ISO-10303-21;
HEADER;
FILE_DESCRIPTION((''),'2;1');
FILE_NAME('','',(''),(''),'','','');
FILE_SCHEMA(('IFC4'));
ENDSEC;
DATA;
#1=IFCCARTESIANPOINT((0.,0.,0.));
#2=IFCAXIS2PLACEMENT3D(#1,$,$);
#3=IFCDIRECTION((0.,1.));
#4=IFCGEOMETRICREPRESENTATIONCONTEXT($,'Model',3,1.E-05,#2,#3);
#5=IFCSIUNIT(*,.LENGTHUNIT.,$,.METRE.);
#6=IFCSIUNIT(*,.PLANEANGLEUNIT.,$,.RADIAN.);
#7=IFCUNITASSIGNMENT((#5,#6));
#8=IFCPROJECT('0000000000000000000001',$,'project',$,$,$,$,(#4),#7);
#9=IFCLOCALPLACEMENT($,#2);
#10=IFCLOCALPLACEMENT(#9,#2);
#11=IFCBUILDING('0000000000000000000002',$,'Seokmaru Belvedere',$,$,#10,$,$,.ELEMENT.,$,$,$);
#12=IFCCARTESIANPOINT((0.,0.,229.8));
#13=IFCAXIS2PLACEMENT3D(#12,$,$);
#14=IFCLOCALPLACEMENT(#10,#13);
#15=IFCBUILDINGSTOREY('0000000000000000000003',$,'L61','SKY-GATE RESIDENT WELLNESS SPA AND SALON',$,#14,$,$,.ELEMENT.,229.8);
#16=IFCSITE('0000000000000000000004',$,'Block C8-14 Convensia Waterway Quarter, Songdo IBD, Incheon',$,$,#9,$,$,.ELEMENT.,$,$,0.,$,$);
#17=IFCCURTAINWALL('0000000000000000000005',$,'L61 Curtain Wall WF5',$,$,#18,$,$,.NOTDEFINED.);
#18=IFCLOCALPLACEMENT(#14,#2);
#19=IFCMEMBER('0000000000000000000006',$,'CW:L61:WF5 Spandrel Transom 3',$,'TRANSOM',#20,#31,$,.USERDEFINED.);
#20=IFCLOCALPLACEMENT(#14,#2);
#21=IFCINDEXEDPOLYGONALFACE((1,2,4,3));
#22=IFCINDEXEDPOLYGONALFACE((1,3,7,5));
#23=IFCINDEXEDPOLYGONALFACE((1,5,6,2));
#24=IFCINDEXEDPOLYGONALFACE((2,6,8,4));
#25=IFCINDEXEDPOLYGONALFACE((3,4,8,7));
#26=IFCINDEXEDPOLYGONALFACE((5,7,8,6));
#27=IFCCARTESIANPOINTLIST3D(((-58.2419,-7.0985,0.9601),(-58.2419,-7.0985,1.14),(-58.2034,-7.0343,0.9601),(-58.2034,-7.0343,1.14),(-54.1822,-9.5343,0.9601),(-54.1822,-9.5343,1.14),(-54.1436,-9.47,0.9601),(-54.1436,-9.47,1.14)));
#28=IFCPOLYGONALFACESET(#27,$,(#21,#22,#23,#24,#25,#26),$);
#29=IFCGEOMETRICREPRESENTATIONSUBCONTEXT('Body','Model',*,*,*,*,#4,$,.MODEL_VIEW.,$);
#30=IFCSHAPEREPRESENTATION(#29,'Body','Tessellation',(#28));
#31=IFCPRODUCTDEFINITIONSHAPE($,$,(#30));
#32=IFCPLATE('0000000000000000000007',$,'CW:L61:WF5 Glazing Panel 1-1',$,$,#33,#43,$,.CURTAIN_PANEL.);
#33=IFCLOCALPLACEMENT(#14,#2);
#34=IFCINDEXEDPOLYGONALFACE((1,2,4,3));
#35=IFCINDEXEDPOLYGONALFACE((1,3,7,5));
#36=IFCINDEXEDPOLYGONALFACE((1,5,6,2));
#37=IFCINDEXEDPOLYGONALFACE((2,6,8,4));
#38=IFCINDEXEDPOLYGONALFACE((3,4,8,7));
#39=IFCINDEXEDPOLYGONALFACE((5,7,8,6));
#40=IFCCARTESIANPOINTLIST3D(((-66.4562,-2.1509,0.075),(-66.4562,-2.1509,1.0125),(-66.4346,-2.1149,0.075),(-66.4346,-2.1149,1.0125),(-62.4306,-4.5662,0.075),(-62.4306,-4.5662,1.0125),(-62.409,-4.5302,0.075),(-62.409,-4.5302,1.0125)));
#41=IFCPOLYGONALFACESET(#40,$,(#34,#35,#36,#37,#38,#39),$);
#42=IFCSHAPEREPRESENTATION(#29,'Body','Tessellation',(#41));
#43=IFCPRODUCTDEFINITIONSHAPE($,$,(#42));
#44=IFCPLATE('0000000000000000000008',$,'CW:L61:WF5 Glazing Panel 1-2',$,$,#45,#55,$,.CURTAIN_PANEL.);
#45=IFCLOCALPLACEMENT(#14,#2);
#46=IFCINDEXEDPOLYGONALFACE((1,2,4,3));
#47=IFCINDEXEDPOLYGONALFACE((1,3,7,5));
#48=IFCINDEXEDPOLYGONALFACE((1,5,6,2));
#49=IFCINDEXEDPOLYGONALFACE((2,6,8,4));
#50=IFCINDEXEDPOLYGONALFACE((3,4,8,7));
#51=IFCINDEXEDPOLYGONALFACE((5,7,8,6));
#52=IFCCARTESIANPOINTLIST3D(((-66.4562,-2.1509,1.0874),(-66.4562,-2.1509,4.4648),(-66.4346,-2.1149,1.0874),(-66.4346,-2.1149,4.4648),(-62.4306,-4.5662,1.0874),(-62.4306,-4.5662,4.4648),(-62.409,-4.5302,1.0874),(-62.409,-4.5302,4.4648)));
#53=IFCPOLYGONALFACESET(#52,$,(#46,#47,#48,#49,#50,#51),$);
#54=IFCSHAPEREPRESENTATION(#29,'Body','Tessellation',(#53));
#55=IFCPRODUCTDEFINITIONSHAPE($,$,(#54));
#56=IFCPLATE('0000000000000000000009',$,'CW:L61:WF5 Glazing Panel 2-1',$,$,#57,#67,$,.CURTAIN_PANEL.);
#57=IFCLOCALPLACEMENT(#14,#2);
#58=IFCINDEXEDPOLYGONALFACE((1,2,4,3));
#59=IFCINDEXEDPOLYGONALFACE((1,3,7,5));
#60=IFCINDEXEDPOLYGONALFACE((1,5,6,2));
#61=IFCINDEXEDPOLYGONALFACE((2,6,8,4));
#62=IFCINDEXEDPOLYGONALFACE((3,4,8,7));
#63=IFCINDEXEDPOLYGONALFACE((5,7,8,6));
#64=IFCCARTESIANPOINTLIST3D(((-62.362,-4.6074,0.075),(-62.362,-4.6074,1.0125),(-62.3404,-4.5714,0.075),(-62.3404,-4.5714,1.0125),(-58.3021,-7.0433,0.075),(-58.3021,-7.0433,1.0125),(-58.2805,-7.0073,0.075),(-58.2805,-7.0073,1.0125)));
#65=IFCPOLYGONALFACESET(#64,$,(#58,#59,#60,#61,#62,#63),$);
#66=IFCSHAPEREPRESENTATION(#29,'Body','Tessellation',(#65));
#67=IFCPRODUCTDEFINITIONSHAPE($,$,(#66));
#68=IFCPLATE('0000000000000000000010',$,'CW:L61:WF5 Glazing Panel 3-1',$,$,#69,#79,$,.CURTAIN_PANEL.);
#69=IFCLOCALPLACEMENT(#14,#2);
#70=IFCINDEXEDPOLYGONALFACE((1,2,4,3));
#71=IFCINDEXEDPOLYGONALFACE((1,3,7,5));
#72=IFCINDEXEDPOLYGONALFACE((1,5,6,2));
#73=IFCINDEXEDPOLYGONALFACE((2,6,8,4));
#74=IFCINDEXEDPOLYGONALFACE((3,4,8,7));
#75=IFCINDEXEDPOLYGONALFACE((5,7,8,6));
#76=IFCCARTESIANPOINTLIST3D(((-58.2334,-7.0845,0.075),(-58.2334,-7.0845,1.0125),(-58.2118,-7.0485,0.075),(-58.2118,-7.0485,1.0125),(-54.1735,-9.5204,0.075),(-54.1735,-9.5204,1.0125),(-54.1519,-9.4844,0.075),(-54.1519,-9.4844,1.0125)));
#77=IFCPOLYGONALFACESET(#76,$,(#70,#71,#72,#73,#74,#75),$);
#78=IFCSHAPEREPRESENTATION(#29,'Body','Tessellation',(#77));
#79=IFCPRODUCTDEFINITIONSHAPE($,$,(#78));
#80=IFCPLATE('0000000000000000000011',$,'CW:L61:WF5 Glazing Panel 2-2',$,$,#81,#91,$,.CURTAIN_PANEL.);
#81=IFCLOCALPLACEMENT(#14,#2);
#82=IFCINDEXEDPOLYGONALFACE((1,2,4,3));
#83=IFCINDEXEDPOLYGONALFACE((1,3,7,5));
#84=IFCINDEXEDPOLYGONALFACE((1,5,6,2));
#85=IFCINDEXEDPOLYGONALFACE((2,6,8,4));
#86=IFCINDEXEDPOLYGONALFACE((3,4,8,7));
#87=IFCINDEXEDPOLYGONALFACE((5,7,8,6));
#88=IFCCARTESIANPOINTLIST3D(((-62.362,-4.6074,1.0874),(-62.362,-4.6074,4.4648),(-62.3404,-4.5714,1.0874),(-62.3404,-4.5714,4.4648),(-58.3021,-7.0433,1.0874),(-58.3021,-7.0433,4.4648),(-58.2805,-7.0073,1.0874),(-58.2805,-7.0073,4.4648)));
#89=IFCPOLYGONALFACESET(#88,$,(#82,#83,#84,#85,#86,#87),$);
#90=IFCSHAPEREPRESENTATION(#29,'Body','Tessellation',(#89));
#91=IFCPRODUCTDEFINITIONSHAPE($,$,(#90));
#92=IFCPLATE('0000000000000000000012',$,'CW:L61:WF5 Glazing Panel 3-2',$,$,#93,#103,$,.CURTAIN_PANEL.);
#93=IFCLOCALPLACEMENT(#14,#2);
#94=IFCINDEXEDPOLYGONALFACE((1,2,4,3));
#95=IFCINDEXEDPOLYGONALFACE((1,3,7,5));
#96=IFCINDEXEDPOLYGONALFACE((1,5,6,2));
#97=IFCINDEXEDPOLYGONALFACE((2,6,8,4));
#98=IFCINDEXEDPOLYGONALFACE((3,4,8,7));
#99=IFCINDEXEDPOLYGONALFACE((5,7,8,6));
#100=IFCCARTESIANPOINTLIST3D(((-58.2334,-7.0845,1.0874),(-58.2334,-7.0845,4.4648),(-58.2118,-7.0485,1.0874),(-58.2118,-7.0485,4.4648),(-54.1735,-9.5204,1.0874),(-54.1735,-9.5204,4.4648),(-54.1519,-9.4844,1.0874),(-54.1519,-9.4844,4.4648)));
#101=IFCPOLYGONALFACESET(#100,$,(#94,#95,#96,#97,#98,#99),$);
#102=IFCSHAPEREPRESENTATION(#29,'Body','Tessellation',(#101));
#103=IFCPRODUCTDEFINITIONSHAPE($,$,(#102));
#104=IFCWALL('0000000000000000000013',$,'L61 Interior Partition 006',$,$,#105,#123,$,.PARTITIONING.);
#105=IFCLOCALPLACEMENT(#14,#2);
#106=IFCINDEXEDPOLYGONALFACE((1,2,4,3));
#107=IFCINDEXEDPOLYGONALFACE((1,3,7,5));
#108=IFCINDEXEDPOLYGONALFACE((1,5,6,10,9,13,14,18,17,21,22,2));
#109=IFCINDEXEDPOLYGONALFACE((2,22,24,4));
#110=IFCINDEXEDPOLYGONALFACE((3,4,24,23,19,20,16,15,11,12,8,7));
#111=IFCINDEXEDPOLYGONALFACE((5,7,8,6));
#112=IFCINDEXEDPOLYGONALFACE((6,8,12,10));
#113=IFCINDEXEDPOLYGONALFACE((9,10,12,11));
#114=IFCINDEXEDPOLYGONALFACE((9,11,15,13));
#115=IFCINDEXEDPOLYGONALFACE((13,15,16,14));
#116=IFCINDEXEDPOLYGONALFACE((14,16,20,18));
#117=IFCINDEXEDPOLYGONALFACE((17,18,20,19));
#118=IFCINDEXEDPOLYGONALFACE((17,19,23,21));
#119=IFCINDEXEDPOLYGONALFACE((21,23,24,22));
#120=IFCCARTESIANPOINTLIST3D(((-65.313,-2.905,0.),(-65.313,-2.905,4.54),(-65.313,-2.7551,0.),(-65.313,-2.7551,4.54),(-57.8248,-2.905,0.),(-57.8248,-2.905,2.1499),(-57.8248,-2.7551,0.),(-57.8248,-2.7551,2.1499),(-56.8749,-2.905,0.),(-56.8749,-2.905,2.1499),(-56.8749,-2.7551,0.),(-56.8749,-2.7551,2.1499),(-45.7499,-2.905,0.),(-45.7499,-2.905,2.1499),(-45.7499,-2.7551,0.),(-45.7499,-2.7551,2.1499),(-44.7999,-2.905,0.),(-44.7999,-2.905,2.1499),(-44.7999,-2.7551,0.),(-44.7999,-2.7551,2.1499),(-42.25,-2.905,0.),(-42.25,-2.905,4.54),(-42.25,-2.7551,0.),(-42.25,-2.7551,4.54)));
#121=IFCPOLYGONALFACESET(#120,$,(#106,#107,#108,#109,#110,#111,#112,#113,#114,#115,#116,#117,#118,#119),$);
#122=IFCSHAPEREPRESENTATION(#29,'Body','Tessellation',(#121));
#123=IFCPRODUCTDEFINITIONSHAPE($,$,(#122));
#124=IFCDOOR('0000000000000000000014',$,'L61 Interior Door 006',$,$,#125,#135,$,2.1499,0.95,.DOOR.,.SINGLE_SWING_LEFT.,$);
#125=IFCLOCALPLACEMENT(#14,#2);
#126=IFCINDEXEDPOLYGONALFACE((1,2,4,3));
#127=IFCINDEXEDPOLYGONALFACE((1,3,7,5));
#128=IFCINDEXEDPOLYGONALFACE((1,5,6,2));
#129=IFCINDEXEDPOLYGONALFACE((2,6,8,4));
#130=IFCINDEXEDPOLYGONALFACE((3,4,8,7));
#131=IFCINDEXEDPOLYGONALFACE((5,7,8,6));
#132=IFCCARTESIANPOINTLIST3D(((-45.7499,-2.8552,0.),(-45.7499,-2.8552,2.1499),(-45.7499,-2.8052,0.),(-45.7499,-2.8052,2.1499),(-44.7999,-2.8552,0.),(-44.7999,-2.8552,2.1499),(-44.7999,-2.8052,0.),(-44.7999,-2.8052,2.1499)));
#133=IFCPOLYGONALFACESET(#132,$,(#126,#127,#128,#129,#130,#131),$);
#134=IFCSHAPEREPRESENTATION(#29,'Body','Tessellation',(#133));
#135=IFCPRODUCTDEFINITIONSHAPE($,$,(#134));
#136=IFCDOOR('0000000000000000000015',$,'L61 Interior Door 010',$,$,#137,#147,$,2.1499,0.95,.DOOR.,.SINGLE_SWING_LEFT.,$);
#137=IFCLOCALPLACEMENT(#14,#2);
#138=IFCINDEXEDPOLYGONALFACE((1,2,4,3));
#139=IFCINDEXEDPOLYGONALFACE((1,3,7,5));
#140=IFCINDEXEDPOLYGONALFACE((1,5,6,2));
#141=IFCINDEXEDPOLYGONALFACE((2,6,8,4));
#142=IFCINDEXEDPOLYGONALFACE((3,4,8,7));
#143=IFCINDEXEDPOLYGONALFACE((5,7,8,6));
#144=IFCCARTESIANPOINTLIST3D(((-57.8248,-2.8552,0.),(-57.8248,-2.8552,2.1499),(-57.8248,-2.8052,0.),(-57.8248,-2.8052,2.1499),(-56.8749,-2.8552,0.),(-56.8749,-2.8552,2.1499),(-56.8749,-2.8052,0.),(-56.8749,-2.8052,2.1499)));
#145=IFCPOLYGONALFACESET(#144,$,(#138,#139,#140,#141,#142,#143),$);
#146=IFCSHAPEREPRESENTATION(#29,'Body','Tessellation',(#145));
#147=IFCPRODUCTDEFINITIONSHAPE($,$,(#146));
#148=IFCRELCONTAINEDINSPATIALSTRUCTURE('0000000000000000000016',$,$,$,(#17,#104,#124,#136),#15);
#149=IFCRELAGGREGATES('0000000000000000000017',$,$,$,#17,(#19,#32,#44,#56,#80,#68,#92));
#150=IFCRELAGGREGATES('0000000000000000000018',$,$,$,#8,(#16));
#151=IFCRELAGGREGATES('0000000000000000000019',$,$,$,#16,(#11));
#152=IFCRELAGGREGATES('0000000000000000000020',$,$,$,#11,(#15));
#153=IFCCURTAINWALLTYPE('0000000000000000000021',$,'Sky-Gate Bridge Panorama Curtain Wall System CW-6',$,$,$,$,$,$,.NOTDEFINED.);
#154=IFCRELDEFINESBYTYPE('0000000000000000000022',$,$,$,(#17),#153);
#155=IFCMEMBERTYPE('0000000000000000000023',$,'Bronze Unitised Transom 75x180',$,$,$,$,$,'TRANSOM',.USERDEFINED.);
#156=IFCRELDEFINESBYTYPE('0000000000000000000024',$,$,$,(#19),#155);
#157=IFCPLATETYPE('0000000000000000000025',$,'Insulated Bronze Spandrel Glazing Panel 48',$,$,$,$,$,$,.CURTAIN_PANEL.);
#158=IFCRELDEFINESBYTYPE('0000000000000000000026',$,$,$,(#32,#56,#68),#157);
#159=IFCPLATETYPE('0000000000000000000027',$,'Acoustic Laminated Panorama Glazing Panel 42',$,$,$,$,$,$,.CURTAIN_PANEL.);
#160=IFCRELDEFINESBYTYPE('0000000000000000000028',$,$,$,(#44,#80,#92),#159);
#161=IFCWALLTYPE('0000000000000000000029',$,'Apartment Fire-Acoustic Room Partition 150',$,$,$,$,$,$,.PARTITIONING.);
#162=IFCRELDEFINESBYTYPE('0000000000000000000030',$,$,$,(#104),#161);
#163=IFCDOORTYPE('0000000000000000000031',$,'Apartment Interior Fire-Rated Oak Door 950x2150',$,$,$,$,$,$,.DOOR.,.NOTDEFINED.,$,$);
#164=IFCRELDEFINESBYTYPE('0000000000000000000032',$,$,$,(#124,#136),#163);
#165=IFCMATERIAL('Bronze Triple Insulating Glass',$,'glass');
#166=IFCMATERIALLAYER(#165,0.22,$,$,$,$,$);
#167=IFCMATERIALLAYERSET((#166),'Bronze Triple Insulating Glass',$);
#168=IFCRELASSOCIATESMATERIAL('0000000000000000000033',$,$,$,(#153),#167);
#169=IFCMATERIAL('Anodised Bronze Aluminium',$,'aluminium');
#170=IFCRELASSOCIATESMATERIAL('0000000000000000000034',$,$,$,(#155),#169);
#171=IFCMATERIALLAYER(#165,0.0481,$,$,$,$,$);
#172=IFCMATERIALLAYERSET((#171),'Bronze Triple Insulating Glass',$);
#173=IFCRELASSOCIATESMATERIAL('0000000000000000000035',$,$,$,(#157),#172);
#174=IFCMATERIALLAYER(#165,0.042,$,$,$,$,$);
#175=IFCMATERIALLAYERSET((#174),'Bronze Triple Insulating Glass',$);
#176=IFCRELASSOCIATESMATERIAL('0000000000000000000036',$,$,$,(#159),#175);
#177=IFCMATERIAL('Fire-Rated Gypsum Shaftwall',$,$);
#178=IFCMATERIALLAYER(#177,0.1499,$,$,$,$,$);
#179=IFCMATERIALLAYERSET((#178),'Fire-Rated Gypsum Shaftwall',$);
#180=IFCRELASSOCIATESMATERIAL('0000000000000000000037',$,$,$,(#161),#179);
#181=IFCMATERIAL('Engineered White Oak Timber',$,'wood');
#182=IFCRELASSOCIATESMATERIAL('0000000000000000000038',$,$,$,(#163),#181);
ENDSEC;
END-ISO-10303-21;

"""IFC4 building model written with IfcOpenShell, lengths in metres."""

from ifc_helpers import new_model, si_unit, direction, frame, frame_2d, origin, origin_2d, place, context, subcontext, project, spatial, rectangle, extrude, source, transform, mapped, material, layer, layer_set, material_profile, profile_set, type_object, type_shapes, element, fill, aggregate, save


model = new_model("IFC4")

# Units and contexts
model_context = context("Model", 3, precision=1e-05, world=origin(), true_north=direction((0.0, 1.0)))
body_context = subcontext(model_context, "Body", "Model", "MODEL_VIEW")
ifc_project = project(units=[si_unit("LENGTHUNIT", "METRE"), si_unit("PLANEANGLEUNIT", "RADIAN")], contexts=[model_context])

# Site, building, storey
site_placement = place(None, origin())
site = spatial("IfcSite", under=ifc_project, at=site_placement, Name="Block C8-14 Convensia Waterway Quarter, Songdo IBD, Incheon", CompositionType="ELEMENT", RefElevation=0.0)
building_placement = place(site_placement, origin())
building = spatial("IfcBuilding", under=site, at=building_placement, Name="Seokmaru Belvedere", CompositionType="ELEMENT")
storey_placement = place(building_placement, frame((0.0, 0.0, 229.8)))
storey = spatial("IfcBuildingStorey", under=building, at=storey_placement, Name="L61", Description="SKY-GATE RESIDENT WELLNESS SPA AND SALON", CompositionType="ELEMENT", Elevation=229.8)

# Curtain wall, member, plates
ifc_material_1 = material(Name="Bronze Triple Insulating Glass", Category="glass")
ifc_layer_1 = layer(ifc_material_1, 0.22)
ifc_layer_set_1 = layer_set([ifc_layer_1], Name="Bronze Triple Insulating Glass")
curtain_wall_type = type_object("IfcCurtainWallType", Name="Sky-Gate Bridge Panorama Curtain Wall System CW-6", PredefinedType="NOTDEFINED", material=ifc_layer_set_1)
curtain_wall_placement = place(storey_placement, origin())
curtain_wall = element("IfcCurtainWall", 1, at=curtain_wall_placement, inside=storey, type_object=curtain_wall_type, Name="L61 Curtain Wall WF5", PredefinedType="NOTDEFINED")
ifc_material_2 = material(Name="Anodised Bronze Aluminium", Category="aluminium")
ifc_material_profile_1 = material_profile(ifc_material_2, rectangle(XDim=0.075, YDim=0.1799, at=origin_2d()), Name="CW-T-75x180")
ifc_profile_set_1 = profile_set([ifc_material_profile_1], Name="Anodised Bronze Aluminium")
member_type_1 = type_object("IfcMemberType", Name="Bronze Unitised Transom 75x180", ElementType="TRANSOM", PredefinedType="USERDEFINED", material=ifc_profile_set_1)
shared_shape_1 = source(origin(), body_context, "Body", "SweptSolid", [
    extrude(rectangle(XDim=0.075, YDim=0.1799, at=origin_2d()), origin(), (0.0, 0.0, 1.0), 4.7344),
])
member_1_placement = place(storey_placement, frame((-58.2227, -7.0664, 1.05), z_axis=(0.857502, -0.514481, 0.0), x_axis=(0.514481, 0.857502, 0.0)))
member_1 = element("IfcMember", 2, at=member_1_placement, type_object=member_type_1, Name="CW:L61:WF5 Spandrel Transom 3", ObjectType="TRANSOM", PredefinedType="USERDEFINED", context=body_context, shape_type="MappedRepresentation", body=[
    mapped(shared_shape_1, transform((0.0, 0.0, 0.0), scale=1.0)),
])
ifc_layer_2 = layer(ifc_material_1, 0.0481)
ifc_layer_set_2 = layer_set([ifc_layer_2], Name="Bronze Triple Insulating Glass")
plate_type_1 = type_object("IfcPlateType", Name="Insulated Bronze Spandrel Glazing Panel 48", PredefinedType="CURTAIN_PANEL", material=ifc_layer_set_2)
shared_shape_2 = source(origin(), body_context, "Body", "SweptSolid", [
    extrude(rectangle(XDim=4.6946, YDim=0.042, at=origin_2d()), origin(), (0.0, 0.0, 1.0), 0.9375),
])
plate_1_placement = place(storey_placement, frame((-64.4326, -3.3406, 0.075), z_axis=(0.0, 0.0, 1.0), x_axis=(0.857493, -0.514495, 0.0)))
plate_1 = element("IfcPlate", 3, at=plate_1_placement, type_object=plate_type_1, Name="CW:L61:WF5 Glazing Panel 1-1", PredefinedType="CURTAIN_PANEL", context=body_context, shape_type="MappedRepresentation", body=[
    mapped(shared_shape_2, transform((0.0, 0.0, 0.0), scale=1.0)),
])
ifc_layer_3 = layer(ifc_material_1, 0.042)
ifc_layer_set_3 = layer_set([ifc_layer_3], Name="Bronze Triple Insulating Glass")
plate_type_2 = type_object("IfcPlateType", Name="Acoustic Laminated Panorama Glazing Panel 42", PredefinedType="CURTAIN_PANEL", material=ifc_layer_set_3)
shared_shape_3 = source(origin(), body_context, "Body", "SweptSolid", [
    extrude(rectangle(XDim=4.6946, YDim=0.042, at=origin_2d()), origin(), (0.0, 0.0, 1.0), 3.3774),
])
plate_2_placement = place(storey_placement, frame((-64.4326, -3.3406, 1.0874), z_axis=(0.0, 0.0, 1.0), x_axis=(0.857493, -0.514495, 0.0)))
plate_2 = element("IfcPlate", 4, at=plate_2_placement, type_object=plate_type_2, Name="CW:L61:WF5 Glazing Panel 1-2", PredefinedType="CURTAIN_PANEL", context=body_context, shape_type="MappedRepresentation", body=[
    mapped(shared_shape_3, transform((0.0, 0.0, 0.0), scale=1.0)),
])
shared_shape_4 = source(origin(), body_context, "Body", "SweptSolid", [
    extrude(rectangle(XDim=4.7346, YDim=0.042, at=origin_2d()), origin(), (0.0, 0.0, 1.0), 0.9375),
])
type_shapes(plate_type_1, [shared_shape_2, shared_shape_4])
plate_3_placement = place(storey_placement, frame((-60.3213, -5.8074, 0.075), z_axis=(0.0, 0.0, 1.0), x_axis=(0.857493, -0.514495, 0.0)))
plate_3 = element("IfcPlate", 5, at=plate_3_placement, type_object=plate_type_1, Name="CW:L61:WF5 Glazing Panel 2-1", PredefinedType="CURTAIN_PANEL", context=body_context, shape_type="MappedRepresentation", body=[
    mapped(shared_shape_4, transform((0.0, 0.0, 0.0), scale=1.0)),
])
plate_4_placement = place(storey_placement, frame((-56.1926, -8.2844, 0.075), z_axis=(0.0, 0.0, 1.0), x_axis=(0.857493, -0.514495, 0.0)))
plate_4 = element("IfcPlate", 6, at=plate_4_placement, type_object=plate_type_1, Name="CW:L61:WF5 Glazing Panel 3-1", PredefinedType="CURTAIN_PANEL", context=body_context, shape_type="MappedRepresentation", body=[
    mapped(shared_shape_4, transform((0.0, 0.0, 0.0), scale=1.0)),
])
shared_shape_5 = source(origin(), body_context, "Body", "SweptSolid", [
    extrude(rectangle(XDim=4.7346, YDim=0.042, at=origin_2d()), origin(), (0.0, 0.0, 1.0), 3.3774),
])
type_shapes(plate_type_2, [shared_shape_3, shared_shape_5])
plate_5_placement = place(storey_placement, frame((-60.3213, -5.8074, 1.0874), z_axis=(0.0, 0.0, 1.0), x_axis=(0.857493, -0.514495, 0.0)))
plate_5 = element("IfcPlate", 7, at=plate_5_placement, type_object=plate_type_2, Name="CW:L61:WF5 Glazing Panel 2-2", PredefinedType="CURTAIN_PANEL", context=body_context, shape_type="MappedRepresentation", body=[
    mapped(shared_shape_5, transform((0.0, 0.0, 0.0), scale=1.0)),
])
plate_6_placement = place(storey_placement, frame((-56.1926, -8.2844, 1.0874), z_axis=(0.0, 0.0, 1.0), x_axis=(0.857493, -0.514495, 0.0)))
plate_6 = element("IfcPlate", 8, at=plate_6_placement, type_object=plate_type_2, Name="CW:L61:WF5 Glazing Panel 3-2", PredefinedType="CURTAIN_PANEL", context=body_context, shape_type="MappedRepresentation", body=[
    mapped(shared_shape_5, transform((0.0, 0.0, 0.0), scale=1.0)),
])
aggregate(curtain_wall, [member_1, plate_1, plate_2, plate_3, plate_5, plate_4, plate_6])

# Wall, openings, doors
ifc_material_3 = material(Name="Fire-Rated Gypsum Shaftwall")
ifc_layer_4 = layer(ifc_material_3, 0.1499)
ifc_layer_set_4 = layer_set([ifc_layer_4], Name="Fire-Rated Gypsum Shaftwall")
wall_type_1 = type_object("IfcWallType", Name="Apartment Fire-Acoustic Room Partition 150", PredefinedType="PARTITIONING", material=ifc_layer_set_4)
wall_1_placement = place(storey_placement, frame((-65.313, -2.8301, 0.0), z_axis=(0.0, 0.0, 1.0), x_axis=(1.0, 0.0, 0.0)))
wall_1 = element("IfcWall", 9, at=wall_1_placement, inside=storey, type_object=wall_type_1, Name="L61 Interior Partition 006", PredefinedType="PARTITIONING", context=body_context, shape_type="SweptSolid", body=[
    extrude(rectangle(XDim=23.063, YDim=0.1499, at=frame_2d((11.5315, 0.0))), origin(), (0.0, 0.0, 1.0), 4.54),
])
opening_1_placement = place(wall_1_placement, frame((19.563, 0.0, 0.0)))
opening_1 = element("IfcOpeningElement", 10, at=opening_1_placement, cuts=wall_1, PredefinedType="OPENING", context=body_context, shape_type="SweptSolid", body=[
    extrude(rectangle(XDim=0.95, YDim=2.1499, at=frame_2d((0.4751, 1.075))), frame((0.0, 0.085, 0.0), z_axis=(0.0, -1.0, 0.0), x_axis=(1.0, 0.0, 0.0)), (0.0, 0.0, 1.0), 0.1699),
])
opening_2_placement = place(wall_1_placement, frame((7.488, 0.0, 0.0)))
opening_2 = element("IfcOpeningElement", 11, at=opening_2_placement, cuts=wall_1, PredefinedType="OPENING", context=body_context, shape_type="SweptSolid", body=[
    extrude(rectangle(XDim=0.95, YDim=2.1499, at=frame_2d((0.4751, 1.075))), frame((0.0, 0.085, 0.0), z_axis=(0.0, -1.0, 0.0), x_axis=(1.0, 0.0, 0.0)), (0.0, 0.0, 1.0), 0.1699),
])
ifc_material_4 = material(Name="Engineered White Oak Timber", Category="wood")
door_type = type_object("IfcDoorType", Name="Apartment Interior Fire-Rated Oak Door 950x2150", OperationType="NOTDEFINED", PredefinedType="DOOR", material=ifc_material_4)
shared_shape_6 = source(origin(), body_context, "Body", "SweptSolid", [
    extrude(rectangle(XDim=0.95, YDim=2.1499, at=frame_2d((0.4751, 1.075))), frame((0.0, 0.0249, 0.0), z_axis=(0.0, -1.0, 0.0), x_axis=(1.0, 0.0, 0.0)), (0.0, 0.0, 1.0), 0.05),
])
type_shapes(door_type, [shared_shape_6])
door_1_placement = place(opening_1_placement, origin())
door_1 = element("IfcDoor", 12, at=door_1_placement, inside=storey, type_object=door_type, Name="L61 Interior Door 006", OperationType="SINGLE_SWING_LEFT", OverallHeight=2.1499, OverallWidth=0.95, PredefinedType="DOOR", context=body_context, shape_type="MappedRepresentation", body=[
    mapped(shared_shape_6, transform((0.0, 0.0, 0.0), scale=1.0)),
])
fill(opening_1, door_1)
door_2_placement = place(opening_2_placement, origin())
door_2 = element("IfcDoor", 13, at=door_2_placement, inside=storey, type_object=door_type, Name="L61 Interior Door 010", OperationType="SINGLE_SWING_LEFT", OverallHeight=2.1499, OverallWidth=0.95, PredefinedType="DOOR", context=body_context, shape_type="MappedRepresentation", body=[
    mapped(shared_shape_6, transform((0.0, 0.0, 0.0), scale=1.0)),
])
fill(opening_2, door_2)

save(model, "model.ifc")
